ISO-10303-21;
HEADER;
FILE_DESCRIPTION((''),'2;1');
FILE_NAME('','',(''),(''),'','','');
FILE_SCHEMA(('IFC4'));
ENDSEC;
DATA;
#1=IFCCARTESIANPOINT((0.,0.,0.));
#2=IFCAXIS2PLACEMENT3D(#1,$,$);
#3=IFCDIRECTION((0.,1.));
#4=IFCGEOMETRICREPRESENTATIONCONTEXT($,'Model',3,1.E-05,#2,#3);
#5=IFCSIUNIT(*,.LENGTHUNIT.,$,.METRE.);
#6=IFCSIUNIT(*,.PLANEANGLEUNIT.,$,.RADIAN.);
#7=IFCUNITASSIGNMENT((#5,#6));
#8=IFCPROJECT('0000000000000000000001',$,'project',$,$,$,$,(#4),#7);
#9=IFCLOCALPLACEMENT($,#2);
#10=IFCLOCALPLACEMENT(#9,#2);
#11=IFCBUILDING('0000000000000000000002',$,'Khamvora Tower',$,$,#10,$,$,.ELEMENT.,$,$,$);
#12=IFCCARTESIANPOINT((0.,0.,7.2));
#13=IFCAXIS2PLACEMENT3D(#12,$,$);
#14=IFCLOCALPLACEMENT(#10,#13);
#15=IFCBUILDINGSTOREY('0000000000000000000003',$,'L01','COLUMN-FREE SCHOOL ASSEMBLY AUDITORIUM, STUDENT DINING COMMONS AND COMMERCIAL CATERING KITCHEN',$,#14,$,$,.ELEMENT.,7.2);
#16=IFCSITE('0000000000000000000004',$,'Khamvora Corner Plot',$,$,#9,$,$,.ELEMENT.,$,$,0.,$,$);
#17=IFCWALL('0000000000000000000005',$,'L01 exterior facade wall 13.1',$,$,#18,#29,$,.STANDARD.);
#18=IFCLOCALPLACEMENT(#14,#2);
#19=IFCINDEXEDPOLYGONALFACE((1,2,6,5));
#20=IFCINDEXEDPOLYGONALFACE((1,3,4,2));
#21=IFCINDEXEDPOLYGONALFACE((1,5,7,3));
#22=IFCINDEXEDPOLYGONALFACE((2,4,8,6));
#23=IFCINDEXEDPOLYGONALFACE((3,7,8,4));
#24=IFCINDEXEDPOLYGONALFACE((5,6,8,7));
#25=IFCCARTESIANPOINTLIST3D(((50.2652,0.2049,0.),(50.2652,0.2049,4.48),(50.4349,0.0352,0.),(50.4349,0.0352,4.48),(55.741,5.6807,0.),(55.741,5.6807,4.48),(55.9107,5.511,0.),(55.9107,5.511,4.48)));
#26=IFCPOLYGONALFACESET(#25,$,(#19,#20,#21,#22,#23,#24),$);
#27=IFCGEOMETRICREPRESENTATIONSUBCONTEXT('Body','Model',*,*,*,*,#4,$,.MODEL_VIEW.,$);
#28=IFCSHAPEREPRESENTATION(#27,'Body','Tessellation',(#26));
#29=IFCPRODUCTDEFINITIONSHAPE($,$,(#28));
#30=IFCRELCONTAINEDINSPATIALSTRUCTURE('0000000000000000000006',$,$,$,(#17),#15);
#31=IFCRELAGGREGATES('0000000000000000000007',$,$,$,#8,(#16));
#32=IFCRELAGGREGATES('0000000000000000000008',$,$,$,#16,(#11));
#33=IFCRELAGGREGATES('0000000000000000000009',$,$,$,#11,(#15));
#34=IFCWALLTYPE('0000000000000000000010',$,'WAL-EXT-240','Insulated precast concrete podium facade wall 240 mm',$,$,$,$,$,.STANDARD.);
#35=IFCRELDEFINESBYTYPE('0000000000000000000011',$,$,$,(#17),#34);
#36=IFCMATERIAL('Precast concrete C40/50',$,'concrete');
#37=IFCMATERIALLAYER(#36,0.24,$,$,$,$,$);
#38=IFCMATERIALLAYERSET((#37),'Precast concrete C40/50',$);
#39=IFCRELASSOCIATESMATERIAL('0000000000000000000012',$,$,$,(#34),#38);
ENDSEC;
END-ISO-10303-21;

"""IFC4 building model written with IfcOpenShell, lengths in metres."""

from ifc_helpers import new_model, si_unit, direction, frame, frame_2d, origin, place, context, subcontext, project, spatial, rectangle, extrude, material, layer, layer_set, type_object, element, save


model = new_model("IFC4")

# Units and contexts
model_context = context("Model", 3, precision=1e-05, world=origin(), true_north=direction((0.0, 1.0)))
body_context = subcontext(model_context, "Body", "Model", "MODEL_VIEW")
ifc_project = project(units=[si_unit("LENGTHUNIT", "METRE"), si_unit("PLANEANGLEUNIT", "RADIAN")], contexts=[model_context])

# Site, building, storey
site_placement = place(None, origin())
site = spatial("IfcSite", under=ifc_project, at=site_placement, Name="Khamvora Corner Plot", CompositionType="ELEMENT", RefElevation=0.0)
building_placement = place(site_placement, origin())
building = spatial("IfcBuilding", under=site, at=building_placement, Name="Khamvora Tower", CompositionType="ELEMENT")
storey_placement = place(building_placement, frame((0.0, 0.0, 7.2)))
storey = spatial("IfcBuildingStorey", under=building, at=storey_placement, Name="L01", Description="COLUMN-FREE SCHOOL ASSEMBLY AUDITORIUM, STUDENT DINING COMMONS AND COMMERCIAL CATERING KITCHEN", CompositionType="ELEMENT", Elevation=7.2)

# Shared definitions
ifc_material_1 = material(Name="Precast concrete C40/50", Category="concrete")
ifc_layer_1 = layer(ifc_material_1, 0.24)
ifc_layer_set_1 = layer_set([ifc_layer_1], Name="Precast concrete C40/50")
wall_type_1 = type_object("IfcWallType", Name="WAL-EXT-240", Description="Insulated precast concrete podium facade wall 240 mm", PredefinedType="STANDARD", material=ifc_layer_set_1)

# Wall
wall_1_placement = place(storey_placement, frame((55.8259, 5.5959, 0.0), z_axis=(0.0, 0.0, 1.0), x_axis=(-0.707107, -0.707107, 0.0)))
element("IfcWall", 1, at=wall_1_placement, inside=storey, type_object=wall_type_1, Name="L01 exterior facade wall 13.1", PredefinedType="STANDARD", context=body_context, shape_type="SweptSolid", body=[
    extrude(rectangle(XDim=7.7439, YDim=0.24, at=frame_2d((3.8721, 0.0))), origin(), (0.0, 0.0, 1.0), 4.48),
])

save(model, "model.ifc")
